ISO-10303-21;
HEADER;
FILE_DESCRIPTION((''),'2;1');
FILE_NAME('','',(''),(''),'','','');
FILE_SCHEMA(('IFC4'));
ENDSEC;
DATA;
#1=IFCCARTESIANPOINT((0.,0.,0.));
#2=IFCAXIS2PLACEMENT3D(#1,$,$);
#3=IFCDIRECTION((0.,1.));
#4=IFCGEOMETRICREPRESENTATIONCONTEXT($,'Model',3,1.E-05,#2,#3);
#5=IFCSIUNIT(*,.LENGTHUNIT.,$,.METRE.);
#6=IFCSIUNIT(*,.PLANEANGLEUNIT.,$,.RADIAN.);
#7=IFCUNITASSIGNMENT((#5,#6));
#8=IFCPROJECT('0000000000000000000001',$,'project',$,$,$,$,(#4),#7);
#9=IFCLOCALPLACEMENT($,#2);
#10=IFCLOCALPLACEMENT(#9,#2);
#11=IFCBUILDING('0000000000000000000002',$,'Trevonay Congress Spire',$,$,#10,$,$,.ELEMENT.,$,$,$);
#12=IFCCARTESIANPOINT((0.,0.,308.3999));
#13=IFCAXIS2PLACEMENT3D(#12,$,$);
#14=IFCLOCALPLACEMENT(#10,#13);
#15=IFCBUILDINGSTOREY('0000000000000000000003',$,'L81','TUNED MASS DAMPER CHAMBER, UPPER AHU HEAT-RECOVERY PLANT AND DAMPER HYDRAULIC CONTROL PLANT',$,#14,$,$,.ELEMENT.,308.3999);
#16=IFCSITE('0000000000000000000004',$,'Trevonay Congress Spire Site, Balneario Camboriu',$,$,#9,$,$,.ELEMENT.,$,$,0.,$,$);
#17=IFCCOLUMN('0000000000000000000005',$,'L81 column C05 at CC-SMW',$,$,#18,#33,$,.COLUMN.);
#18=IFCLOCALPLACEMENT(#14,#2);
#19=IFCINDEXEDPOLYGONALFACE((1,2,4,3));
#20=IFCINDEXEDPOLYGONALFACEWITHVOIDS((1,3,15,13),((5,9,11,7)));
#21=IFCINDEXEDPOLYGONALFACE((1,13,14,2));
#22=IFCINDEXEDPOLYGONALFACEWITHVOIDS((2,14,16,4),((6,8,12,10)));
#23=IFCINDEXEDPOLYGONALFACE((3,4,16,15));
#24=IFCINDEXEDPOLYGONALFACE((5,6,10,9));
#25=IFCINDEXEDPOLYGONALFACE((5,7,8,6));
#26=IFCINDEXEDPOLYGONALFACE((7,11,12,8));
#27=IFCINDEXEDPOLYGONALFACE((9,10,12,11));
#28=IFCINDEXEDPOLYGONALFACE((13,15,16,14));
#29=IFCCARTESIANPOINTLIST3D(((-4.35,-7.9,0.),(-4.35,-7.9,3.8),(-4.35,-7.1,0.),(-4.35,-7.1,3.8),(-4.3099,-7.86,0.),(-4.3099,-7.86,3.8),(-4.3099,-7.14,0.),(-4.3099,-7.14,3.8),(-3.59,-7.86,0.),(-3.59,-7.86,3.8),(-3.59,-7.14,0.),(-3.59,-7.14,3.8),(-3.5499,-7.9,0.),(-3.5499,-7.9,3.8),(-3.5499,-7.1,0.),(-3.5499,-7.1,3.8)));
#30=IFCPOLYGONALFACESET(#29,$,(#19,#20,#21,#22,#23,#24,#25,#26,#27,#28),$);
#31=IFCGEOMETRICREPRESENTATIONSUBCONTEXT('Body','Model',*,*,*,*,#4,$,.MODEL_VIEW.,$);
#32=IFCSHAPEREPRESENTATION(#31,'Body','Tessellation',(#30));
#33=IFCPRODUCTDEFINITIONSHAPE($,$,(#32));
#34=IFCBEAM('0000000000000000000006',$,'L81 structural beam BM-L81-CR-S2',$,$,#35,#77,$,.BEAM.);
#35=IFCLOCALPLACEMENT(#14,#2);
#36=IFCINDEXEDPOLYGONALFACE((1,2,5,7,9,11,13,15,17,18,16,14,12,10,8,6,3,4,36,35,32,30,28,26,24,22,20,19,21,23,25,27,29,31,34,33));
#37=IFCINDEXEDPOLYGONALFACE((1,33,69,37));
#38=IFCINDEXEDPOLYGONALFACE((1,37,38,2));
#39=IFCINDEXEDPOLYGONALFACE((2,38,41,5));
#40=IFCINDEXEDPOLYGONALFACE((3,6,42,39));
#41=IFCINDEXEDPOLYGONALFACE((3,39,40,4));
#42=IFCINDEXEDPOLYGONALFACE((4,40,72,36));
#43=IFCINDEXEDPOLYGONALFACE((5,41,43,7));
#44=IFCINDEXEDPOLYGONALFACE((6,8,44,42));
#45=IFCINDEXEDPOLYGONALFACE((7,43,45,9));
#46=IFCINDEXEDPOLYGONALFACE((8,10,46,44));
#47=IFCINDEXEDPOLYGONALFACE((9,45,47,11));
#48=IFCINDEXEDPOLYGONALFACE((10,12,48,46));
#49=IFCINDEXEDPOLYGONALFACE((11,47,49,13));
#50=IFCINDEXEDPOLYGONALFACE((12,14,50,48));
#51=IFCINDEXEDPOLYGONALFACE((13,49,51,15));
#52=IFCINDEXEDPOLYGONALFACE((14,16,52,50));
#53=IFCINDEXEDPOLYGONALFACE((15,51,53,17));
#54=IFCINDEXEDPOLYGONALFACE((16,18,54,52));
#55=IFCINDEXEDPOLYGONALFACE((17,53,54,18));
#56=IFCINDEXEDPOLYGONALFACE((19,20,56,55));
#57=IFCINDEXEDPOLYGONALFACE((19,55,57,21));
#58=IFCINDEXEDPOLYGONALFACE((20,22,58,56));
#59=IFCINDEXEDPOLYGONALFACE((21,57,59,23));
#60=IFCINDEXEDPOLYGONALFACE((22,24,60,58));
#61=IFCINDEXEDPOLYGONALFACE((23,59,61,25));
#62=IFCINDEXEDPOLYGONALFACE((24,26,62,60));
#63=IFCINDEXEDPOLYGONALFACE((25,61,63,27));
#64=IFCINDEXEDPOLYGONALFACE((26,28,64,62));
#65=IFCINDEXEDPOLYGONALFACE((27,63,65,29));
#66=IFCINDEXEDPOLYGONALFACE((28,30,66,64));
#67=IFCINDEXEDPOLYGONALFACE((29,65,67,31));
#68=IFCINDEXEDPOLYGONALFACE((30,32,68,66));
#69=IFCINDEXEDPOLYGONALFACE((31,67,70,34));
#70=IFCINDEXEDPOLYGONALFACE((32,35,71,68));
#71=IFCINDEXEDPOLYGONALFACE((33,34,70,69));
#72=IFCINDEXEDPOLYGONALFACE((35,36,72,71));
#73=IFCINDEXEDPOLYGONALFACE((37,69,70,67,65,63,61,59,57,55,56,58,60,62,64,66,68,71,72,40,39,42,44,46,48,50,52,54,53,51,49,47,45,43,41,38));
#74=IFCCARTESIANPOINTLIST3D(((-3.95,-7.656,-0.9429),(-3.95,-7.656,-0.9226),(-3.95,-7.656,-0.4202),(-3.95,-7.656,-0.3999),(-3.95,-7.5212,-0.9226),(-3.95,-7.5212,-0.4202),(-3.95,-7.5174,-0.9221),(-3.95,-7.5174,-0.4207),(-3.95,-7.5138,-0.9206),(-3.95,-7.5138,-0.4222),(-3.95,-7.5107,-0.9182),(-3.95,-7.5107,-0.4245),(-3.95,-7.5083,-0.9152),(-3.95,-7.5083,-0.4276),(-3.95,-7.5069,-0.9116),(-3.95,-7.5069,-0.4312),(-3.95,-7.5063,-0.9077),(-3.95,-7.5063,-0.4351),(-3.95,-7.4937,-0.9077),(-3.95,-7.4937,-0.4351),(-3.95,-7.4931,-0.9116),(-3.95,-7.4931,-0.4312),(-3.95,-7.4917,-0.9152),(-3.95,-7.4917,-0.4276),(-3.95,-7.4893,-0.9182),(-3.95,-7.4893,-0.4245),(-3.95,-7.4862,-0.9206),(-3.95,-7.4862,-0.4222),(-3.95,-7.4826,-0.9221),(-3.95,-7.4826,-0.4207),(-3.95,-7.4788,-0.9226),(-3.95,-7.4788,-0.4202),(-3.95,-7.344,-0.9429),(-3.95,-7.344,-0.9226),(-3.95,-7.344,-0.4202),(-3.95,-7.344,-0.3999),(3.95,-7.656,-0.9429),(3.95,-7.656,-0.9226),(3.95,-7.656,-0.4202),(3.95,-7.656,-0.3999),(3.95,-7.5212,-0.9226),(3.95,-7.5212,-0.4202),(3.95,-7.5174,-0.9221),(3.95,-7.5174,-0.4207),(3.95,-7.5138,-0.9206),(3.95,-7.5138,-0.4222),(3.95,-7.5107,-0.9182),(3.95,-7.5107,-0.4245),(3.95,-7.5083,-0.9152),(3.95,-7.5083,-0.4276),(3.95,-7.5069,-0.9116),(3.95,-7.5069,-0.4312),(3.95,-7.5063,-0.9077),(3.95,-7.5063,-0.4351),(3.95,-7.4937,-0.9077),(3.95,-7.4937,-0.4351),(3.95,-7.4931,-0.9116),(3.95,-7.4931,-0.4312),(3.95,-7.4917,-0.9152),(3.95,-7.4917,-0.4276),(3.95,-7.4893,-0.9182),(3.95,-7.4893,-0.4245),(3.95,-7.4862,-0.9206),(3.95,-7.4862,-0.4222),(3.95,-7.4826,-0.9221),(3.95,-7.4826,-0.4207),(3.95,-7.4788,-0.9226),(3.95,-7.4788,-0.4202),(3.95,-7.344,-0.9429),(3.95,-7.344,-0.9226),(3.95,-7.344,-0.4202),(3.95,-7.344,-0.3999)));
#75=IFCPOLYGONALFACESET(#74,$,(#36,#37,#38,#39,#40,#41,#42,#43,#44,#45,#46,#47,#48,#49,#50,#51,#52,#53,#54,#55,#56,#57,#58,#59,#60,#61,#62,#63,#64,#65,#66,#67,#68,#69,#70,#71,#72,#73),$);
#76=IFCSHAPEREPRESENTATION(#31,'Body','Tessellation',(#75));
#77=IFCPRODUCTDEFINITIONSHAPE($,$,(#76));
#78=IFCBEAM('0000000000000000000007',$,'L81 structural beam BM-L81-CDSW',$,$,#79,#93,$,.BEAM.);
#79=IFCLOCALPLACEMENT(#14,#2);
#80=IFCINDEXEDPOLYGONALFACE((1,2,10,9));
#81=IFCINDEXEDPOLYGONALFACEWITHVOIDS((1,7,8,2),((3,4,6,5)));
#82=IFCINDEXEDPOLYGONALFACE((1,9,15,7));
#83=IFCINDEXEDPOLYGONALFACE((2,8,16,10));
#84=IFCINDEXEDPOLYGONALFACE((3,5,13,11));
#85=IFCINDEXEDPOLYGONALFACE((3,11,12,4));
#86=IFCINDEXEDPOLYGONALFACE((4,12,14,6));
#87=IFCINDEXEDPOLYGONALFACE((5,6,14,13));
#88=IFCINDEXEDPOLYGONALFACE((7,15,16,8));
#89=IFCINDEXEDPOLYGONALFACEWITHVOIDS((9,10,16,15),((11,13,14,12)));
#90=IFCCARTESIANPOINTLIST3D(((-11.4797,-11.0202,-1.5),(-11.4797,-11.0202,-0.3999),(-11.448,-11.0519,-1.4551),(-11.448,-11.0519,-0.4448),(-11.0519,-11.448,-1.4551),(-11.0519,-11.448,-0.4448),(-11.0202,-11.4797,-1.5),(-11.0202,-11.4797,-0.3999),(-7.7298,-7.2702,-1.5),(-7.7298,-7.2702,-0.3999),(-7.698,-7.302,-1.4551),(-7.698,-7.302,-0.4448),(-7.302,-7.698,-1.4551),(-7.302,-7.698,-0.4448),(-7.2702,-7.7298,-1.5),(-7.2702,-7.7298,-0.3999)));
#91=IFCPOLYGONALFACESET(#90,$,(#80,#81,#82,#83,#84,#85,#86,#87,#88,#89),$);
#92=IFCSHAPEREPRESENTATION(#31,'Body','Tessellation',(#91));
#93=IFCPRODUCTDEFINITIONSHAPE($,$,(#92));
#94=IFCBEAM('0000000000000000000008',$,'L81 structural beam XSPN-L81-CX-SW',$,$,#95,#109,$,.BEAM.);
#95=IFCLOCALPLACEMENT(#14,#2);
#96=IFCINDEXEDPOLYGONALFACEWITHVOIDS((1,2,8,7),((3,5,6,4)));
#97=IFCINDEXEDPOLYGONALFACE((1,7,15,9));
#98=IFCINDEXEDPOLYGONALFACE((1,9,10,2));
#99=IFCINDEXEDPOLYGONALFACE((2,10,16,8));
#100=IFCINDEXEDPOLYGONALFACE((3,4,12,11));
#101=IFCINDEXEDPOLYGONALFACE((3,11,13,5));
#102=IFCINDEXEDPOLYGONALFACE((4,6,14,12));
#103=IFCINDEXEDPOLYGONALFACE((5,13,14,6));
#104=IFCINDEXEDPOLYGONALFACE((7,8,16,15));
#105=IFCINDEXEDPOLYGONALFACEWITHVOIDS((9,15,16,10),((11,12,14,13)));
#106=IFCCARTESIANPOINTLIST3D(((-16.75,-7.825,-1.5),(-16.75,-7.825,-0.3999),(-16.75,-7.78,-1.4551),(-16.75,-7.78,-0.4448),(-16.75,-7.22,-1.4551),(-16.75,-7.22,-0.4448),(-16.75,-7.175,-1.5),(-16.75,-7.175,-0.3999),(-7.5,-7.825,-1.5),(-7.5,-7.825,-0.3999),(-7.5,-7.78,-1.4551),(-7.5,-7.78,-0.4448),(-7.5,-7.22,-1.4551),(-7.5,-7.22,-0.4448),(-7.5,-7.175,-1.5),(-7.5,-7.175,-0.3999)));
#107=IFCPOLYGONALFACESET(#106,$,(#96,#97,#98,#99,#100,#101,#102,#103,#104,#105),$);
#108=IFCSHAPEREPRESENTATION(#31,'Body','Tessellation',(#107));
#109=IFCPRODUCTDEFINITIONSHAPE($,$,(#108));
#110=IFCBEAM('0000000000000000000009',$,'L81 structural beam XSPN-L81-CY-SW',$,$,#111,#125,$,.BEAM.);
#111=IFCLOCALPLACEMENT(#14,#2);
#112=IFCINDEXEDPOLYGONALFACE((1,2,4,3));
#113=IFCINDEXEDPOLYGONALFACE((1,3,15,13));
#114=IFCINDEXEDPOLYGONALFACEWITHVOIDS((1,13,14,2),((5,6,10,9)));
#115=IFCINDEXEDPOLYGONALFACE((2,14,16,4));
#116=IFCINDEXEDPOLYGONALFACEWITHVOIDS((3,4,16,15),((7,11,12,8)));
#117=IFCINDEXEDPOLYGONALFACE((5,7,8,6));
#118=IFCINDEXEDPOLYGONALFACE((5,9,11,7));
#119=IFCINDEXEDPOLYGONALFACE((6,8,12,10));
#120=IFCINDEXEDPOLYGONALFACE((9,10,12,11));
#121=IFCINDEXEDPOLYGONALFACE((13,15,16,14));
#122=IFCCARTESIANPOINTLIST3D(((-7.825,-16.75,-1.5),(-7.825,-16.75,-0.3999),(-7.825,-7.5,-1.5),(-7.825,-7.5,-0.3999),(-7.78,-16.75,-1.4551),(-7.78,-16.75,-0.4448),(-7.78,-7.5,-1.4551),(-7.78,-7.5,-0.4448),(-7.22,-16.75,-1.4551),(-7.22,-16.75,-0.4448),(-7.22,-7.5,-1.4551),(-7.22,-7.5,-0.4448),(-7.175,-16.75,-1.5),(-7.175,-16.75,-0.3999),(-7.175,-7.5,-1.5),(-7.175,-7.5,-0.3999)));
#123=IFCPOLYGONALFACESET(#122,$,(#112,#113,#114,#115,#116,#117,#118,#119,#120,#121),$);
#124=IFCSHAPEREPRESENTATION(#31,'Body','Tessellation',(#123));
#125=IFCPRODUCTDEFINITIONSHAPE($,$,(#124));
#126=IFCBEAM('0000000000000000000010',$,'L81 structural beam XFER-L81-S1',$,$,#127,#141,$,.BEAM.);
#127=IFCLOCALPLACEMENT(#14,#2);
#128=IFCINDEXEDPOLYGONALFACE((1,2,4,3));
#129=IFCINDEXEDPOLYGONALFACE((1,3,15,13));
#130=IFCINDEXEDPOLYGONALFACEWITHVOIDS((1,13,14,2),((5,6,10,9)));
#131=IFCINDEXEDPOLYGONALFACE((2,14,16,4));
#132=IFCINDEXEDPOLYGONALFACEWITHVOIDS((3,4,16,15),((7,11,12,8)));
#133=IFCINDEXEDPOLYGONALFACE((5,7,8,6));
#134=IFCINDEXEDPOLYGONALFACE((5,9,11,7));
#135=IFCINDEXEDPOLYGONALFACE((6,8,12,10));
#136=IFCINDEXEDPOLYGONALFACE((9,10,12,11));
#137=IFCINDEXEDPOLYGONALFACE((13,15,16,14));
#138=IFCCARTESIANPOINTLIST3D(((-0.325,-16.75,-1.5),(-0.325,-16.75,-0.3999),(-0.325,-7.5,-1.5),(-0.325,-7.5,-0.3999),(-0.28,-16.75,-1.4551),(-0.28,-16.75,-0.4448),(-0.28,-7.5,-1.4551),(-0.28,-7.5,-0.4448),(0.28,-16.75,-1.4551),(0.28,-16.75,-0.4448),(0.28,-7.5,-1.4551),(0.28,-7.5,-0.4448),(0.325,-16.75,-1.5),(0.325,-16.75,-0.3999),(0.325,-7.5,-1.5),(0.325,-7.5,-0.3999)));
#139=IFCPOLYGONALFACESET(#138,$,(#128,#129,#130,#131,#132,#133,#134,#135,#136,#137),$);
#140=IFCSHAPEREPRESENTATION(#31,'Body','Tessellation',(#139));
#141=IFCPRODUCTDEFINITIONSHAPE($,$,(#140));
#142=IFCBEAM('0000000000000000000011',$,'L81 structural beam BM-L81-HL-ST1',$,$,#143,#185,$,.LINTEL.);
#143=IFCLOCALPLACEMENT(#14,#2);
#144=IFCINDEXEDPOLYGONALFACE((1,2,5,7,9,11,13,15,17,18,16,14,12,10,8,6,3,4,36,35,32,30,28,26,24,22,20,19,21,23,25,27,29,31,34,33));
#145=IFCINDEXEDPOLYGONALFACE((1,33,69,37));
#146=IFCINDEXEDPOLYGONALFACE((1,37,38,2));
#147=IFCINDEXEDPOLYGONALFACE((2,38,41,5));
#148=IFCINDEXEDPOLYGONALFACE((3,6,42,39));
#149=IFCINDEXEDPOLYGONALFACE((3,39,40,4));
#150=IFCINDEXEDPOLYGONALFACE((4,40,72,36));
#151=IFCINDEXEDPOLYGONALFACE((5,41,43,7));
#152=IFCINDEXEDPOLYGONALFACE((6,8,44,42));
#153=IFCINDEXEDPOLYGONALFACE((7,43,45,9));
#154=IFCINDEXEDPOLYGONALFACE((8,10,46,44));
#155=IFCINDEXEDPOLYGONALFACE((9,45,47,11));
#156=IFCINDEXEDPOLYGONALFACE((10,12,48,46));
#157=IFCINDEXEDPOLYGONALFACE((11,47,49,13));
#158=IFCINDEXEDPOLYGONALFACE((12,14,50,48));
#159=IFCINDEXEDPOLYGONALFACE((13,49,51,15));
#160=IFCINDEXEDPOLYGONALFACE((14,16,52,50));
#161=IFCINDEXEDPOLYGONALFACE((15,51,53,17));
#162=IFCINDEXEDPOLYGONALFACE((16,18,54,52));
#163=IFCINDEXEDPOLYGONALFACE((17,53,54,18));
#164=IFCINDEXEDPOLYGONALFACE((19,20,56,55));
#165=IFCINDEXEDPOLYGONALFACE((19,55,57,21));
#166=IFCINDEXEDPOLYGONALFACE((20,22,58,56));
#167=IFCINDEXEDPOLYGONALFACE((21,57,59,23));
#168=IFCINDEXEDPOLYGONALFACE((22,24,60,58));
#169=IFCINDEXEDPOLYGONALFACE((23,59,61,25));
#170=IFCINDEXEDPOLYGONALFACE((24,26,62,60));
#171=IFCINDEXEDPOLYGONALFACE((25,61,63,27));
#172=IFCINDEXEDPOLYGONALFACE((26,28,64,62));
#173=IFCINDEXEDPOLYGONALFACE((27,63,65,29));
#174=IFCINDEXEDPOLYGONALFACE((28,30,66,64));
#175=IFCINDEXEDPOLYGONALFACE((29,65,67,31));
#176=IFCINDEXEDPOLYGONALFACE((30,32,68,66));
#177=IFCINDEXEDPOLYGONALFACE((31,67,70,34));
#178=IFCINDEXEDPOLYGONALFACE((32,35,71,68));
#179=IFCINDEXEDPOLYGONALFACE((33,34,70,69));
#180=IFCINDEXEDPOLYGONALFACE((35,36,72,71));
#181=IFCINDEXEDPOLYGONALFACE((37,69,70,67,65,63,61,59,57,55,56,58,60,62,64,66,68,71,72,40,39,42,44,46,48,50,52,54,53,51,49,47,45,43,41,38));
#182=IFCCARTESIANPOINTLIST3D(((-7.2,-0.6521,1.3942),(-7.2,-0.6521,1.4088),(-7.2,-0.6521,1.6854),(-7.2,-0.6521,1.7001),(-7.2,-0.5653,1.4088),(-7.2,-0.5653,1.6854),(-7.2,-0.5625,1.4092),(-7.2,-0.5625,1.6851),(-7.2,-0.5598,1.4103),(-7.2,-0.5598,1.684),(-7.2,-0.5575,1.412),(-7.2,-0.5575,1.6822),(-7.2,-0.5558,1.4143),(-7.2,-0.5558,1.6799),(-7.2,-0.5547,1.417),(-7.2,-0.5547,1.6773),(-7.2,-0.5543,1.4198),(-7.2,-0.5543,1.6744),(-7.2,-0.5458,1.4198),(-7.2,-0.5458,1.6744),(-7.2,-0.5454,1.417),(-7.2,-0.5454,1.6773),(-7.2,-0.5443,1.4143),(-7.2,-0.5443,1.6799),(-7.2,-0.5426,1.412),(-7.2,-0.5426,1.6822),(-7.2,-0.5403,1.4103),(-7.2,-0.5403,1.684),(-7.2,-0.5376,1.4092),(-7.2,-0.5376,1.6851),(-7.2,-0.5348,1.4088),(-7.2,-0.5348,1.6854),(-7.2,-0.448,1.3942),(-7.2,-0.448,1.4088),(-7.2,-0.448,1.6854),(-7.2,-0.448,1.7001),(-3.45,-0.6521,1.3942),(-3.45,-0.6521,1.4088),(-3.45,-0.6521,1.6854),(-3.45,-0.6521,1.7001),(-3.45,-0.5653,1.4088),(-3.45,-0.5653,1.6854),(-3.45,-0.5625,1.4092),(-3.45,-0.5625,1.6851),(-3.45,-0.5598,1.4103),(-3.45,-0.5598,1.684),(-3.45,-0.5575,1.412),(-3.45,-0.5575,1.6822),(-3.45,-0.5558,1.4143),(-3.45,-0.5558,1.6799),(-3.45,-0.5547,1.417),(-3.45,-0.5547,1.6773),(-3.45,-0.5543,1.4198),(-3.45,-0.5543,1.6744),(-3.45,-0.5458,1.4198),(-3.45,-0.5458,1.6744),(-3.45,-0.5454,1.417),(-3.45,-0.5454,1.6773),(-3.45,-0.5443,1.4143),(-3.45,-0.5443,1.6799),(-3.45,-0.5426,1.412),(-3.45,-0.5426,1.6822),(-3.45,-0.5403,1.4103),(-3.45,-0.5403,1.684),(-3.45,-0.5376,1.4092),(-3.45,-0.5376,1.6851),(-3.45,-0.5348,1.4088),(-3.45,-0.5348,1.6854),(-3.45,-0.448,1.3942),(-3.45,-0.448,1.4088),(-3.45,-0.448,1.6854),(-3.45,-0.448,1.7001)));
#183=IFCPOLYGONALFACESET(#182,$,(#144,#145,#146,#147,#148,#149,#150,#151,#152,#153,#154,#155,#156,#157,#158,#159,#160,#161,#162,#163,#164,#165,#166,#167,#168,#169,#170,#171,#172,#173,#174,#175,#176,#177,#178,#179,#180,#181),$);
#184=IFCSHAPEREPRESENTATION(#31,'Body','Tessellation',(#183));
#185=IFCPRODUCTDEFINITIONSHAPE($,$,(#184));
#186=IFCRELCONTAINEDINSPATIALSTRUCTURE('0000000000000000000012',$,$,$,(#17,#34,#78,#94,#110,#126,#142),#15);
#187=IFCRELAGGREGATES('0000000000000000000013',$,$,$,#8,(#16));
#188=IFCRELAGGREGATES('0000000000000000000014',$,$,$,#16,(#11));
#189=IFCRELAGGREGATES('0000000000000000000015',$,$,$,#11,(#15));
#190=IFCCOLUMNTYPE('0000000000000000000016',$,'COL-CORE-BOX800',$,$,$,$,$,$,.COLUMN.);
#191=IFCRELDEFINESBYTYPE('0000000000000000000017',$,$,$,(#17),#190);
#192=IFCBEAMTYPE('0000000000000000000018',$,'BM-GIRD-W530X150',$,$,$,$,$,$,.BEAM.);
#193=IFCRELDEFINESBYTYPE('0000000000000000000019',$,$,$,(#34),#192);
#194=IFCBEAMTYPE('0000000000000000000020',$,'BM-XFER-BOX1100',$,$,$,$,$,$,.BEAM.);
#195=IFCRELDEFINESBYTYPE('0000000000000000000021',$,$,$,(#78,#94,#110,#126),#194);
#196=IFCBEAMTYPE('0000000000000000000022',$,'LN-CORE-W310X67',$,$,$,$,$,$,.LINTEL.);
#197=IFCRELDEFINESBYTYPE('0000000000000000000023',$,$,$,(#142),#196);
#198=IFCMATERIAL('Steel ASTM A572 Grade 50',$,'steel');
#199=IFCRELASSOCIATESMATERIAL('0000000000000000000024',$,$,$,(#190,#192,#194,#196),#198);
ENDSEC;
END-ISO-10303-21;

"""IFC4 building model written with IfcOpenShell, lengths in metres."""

from ifc_helpers import new_model, si_unit, direction, frame, origin, origin_2d, place, context, subcontext, project, spatial, hollow_rectangle, i_section, extrude, material, material_profile, profile_set, type_object, element, save


model = new_model("IFC4")

# Units and contexts
model_context = context("Model", 3, precision=1e-05, world=origin(), true_north=direction((0.0, 1.0)))
body_context = subcontext(model_context, "Body", "Model", "MODEL_VIEW")
ifc_project = project(units=[si_unit("LENGTHUNIT", "METRE"), si_unit("PLANEANGLEUNIT", "RADIAN")], contexts=[model_context])

# Site, building, storey
site_placement = place(None, origin())
site = spatial("IfcSite", under=ifc_project, at=site_placement, Name="Trevonay Congress Spire Site, Balneario Camboriu", CompositionType="ELEMENT", RefElevation=0.0)
building_placement = place(site_placement, origin())
building = spatial("IfcBuilding", under=site, at=building_placement, Name="Trevonay Congress Spire", CompositionType="ELEMENT")
storey_placement = place(building_placement, frame((0.0, 0.0, 308.3999)))
storey = spatial("IfcBuildingStorey", under=building, at=storey_placement, Name="L81", Description="TUNED MASS DAMPER CHAMBER, UPPER AHU HEAT-RECOVERY PLANT AND DAMPER HYDRAULIC CONTROL PLANT", CompositionType="ELEMENT", Elevation=308.3999)

# Column
ifc_material_1 = material(Name="Steel ASTM A572 Grade 50", Category="steel")
ifc_material_profile_1 = material_profile(ifc_material_1, hollow_rectangle(XDim=0.8, YDim=0.8, WallThickness=0.04, at=origin_2d()), Name="BOX 800x800x40")
ifc_profile_set_1 = profile_set([ifc_material_profile_1], Name="Steel ASTM A572 Grade 50")
column_type = type_object("IfcColumnType", Name="COL-CORE-BOX800", PredefinedType="COLUMN", material=ifc_profile_set_1)
column_placement = place(storey_placement, frame((-3.95, -7.5, 0.0), z_axis=(0.0, 0.0, 1.0), x_axis=(1.0, 0.0, 0.0)))
element("IfcColumn", 1, at=column_placement, inside=storey, type_object=column_type, Name="L81 column C05 at CC-SMW", PredefinedType="COLUMN", context=body_context, shape_type="SweptSolid", body=[
    extrude(hollow_rectangle(XDim=0.8, YDim=0.8, WallThickness=0.04, at=origin_2d()), origin(), (0.0, 0.0, 1.0), 3.8),
])

# Beams
ifc_material_profile_2 = material_profile(ifc_material_1, i_section(OverallWidth=0.312, OverallDepth=0.543, WebThickness=0.0127, FlangeThickness=0.0203, FilletRadius=0.0149, at=origin_2d()), Name="W530x150")
ifc_profile_set_2 = profile_set([ifc_material_profile_2], Name="Steel ASTM A572 Grade 50")
beam_type_1 = type_object("IfcBeamType", Name="BM-GIRD-W530X150", PredefinedType="BEAM", material=ifc_profile_set_2)
beam_1_placement = place(storey_placement, frame((-3.95, -7.5, -0.6714), z_axis=(1.0, 0.0, 0.0), x_axis=(0.0, 1.0, 0.0)))
element("IfcBeam", 2, at=beam_1_placement, inside=storey, type_object=beam_type_1, Name="L81 structural beam BM-L81-CR-S2", PredefinedType="BEAM", context=body_context, shape_type="SweptSolid", body=[
    extrude(i_section(OverallWidth=0.312, OverallDepth=0.543, WebThickness=0.0127, FlangeThickness=0.0203, FilletRadius=0.0149, at=origin_2d()), origin(), (0.0, 0.0, 1.0), 7.8999),
])
ifc_material_profile_3 = material_profile(ifc_material_1, hollow_rectangle(XDim=0.6499, YDim=1.1001, WallThickness=0.0449, at=origin_2d()), Name="BOX 1100x650x45")
ifc_profile_set_3 = profile_set([ifc_material_profile_3], Name="Steel ASTM A572 Grade 50")
beam_type_2 = type_object("IfcBeamType", Name="BM-XFER-BOX1100", PredefinedType="BEAM", material=ifc_profile_set_3)
beam_2_placement = place(storey_placement, frame((-7.5, -7.5, -0.95), z_axis=(-0.707107, -0.707107, 0.0), x_axis=(0.707107, -0.707107, 0.0)))
element("IfcBeam", 3, at=beam_2_placement, inside=storey, type_object=beam_type_2, Name="L81 structural beam BM-L81-CDSW", PredefinedType="BEAM", context=body_context, shape_type="SweptSolid", body=[
    extrude(hollow_rectangle(XDim=0.6499, YDim=1.1001, WallThickness=0.0449, at=origin_2d()), origin(), (0.0, 0.0, 1.0), 5.3032),
])
for number, where, z_axis, x_axis, name in (
    (4, (-7.5, -7.5, -0.95), (-1.0, 0.0, 0.0), (0.0, -1.0, 0.0), "L81 structural beam XSPN-L81-CX-SW"),
    (5, (-7.5, -7.5, -0.95), (0.0, -1.0, 0.0), (1.0, 0.0, 0.0), "L81 structural beam XSPN-L81-CY-SW"),
    (6, (0.0, -7.5, -0.95), (0.0, -1.0, 0.0), (1.0, 0.0, 0.0), "L81 structural beam XFER-L81-S1"),
):
    element("IfcBeam", number, at=place(storey_placement, frame(where, z_axis=z_axis, x_axis=x_axis)), inside=storey, type_object=beam_type_2, Name=name, PredefinedType="BEAM", context=body_context, shape_type="SweptSolid", body=[
        extrude(hollow_rectangle(XDim=0.6499, YDim=1.1001, WallThickness=0.0449, at=origin_2d()), origin(), (0.0, 0.0, 1.0), 9.25),
    ])
ifc_material_profile_4 = material_profile(ifc_material_1, i_section(OverallWidth=0.2041, OverallDepth=0.3059, WebThickness=0.0085, FlangeThickness=0.0146, FilletRadius=0.011, at=origin_2d()), Name="W310x67")
ifc_profile_set_4 = profile_set([ifc_material_profile_4], Name="Steel ASTM A572 Grade 50")
beam_type_3 = type_object("IfcBeamType", Name="LN-CORE-W310X67", PredefinedType="LINTEL", material=ifc_profile_set_4)
beam_3_placement = place(storey_placement, frame((-7.2, -0.55, 1.5471), z_axis=(1.0, 0.0, 0.0), x_axis=(0.0, 1.0, 0.0)))
element("IfcBeam", 7, at=beam_3_placement, inside=storey, type_object=beam_type_3, Name="L81 structural beam BM-L81-HL-ST1", PredefinedType="LINTEL", context=body_context, shape_type="SweptSolid", body=[
    extrude(i_section(OverallWidth=0.2041, OverallDepth=0.3059, WebThickness=0.0085, FlangeThickness=0.0146, FilletRadius=0.011, at=origin_2d()), origin(), (0.0, 0.0, 1.0), 3.75),
])

save(model, "model.ifc")
